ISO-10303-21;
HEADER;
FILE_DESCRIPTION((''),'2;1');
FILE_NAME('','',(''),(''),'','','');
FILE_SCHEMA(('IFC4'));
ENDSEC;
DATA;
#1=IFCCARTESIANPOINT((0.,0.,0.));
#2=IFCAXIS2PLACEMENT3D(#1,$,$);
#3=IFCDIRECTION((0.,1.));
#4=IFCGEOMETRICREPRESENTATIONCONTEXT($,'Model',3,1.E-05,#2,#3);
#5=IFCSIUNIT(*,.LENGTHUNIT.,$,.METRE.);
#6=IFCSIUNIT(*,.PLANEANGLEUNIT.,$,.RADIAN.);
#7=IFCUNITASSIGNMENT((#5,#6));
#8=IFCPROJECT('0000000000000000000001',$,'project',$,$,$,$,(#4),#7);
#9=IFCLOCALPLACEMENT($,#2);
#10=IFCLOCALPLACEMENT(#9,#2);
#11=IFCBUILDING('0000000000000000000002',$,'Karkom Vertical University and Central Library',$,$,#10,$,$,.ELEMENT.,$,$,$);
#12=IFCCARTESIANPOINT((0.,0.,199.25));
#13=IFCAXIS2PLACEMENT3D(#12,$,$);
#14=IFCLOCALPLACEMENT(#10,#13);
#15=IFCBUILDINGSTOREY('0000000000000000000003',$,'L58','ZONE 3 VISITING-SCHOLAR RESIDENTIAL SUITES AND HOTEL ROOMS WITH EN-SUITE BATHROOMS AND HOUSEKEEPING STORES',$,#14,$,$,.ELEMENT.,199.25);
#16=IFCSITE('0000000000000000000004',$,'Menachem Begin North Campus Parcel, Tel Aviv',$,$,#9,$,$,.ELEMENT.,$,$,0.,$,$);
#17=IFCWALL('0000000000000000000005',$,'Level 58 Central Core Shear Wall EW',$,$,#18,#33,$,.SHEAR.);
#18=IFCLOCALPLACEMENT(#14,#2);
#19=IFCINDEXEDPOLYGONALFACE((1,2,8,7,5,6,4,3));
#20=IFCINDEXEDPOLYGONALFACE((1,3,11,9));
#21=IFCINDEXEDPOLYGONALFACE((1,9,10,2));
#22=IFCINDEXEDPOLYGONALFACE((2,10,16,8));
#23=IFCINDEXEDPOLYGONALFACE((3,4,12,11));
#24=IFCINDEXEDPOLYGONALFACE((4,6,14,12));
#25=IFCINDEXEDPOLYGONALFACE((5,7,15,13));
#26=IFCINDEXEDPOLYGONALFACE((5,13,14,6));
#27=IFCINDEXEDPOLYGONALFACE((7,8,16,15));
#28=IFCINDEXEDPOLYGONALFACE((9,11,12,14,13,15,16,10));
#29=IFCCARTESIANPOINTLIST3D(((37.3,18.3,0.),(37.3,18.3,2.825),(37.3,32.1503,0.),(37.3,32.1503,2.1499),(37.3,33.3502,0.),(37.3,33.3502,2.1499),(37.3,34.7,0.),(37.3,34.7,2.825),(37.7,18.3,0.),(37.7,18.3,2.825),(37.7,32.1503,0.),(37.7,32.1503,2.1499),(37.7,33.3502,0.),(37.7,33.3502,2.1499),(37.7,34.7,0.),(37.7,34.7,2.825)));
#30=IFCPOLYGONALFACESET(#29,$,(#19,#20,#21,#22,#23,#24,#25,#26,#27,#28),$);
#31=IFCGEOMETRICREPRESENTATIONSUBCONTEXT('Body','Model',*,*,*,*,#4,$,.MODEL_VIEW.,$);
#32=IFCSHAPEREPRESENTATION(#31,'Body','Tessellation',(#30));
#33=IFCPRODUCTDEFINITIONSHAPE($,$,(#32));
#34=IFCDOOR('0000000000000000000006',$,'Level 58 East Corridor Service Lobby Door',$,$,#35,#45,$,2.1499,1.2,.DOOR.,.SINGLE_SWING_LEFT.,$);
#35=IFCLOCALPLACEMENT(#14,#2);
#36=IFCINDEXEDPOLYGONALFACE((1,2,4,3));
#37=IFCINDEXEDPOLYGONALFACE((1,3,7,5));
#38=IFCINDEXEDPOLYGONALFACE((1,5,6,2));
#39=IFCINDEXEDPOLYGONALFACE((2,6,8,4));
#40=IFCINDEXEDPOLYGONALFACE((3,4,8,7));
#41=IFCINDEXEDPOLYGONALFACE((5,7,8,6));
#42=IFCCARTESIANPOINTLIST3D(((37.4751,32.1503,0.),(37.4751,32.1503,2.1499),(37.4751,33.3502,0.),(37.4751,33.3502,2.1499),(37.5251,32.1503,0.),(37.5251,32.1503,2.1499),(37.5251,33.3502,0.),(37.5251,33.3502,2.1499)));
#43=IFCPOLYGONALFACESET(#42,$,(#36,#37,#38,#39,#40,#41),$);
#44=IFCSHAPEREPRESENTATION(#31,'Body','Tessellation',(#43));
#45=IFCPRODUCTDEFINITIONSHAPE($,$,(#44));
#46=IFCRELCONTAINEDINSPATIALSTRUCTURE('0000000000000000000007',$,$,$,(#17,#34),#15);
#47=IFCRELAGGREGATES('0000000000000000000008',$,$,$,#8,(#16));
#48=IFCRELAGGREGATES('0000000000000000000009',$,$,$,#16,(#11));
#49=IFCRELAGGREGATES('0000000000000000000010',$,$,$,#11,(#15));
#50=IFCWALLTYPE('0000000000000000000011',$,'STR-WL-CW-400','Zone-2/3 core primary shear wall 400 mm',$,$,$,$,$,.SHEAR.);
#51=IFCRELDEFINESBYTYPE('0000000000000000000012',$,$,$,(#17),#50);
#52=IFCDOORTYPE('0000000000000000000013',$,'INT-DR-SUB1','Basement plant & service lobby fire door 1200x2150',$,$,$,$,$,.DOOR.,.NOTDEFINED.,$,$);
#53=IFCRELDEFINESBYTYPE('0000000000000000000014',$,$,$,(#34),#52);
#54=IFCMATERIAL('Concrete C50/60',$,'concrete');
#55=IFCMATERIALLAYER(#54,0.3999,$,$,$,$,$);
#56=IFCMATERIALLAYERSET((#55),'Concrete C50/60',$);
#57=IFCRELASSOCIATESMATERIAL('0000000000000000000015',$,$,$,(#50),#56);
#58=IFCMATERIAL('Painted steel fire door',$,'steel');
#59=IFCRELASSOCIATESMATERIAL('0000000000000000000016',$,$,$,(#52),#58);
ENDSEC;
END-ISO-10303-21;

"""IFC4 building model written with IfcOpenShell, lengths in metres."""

from ifc_helpers import new_model, si_unit, direction, frame, frame_2d, origin, origin_with_axes, place, context, subcontext, project, spatial, rectangle, extrude, source, transform, mapped, material, layer, layer_set, type_object, element, fill, save


model = new_model("IFC4")

# Units and contexts
model_context = context("Model", 3, precision=1e-05, world=origin(), true_north=direction((0.0, 1.0)))
body_context = subcontext(model_context, "Body", "Model", "MODEL_VIEW")
ifc_project = project(units=[si_unit("LENGTHUNIT", "METRE"), si_unit("PLANEANGLEUNIT", "RADIAN")], contexts=[model_context])

# Site, building, storey
site_placement = place(None, origin())
site = spatial("IfcSite", under=ifc_project, at=site_placement, Name="Menachem Begin North Campus Parcel, Tel Aviv", CompositionType="ELEMENT", RefElevation=0.0)
building_placement = place(site_placement, origin())
building = spatial("IfcBuilding", under=site, at=building_placement, Name="Karkom Vertical University and Central Library", CompositionType="ELEMENT")
storey_placement = place(building_placement, frame((0.0, 0.0, 199.25)))
storey = spatial("IfcBuildingStorey", under=building, at=storey_placement, Name="L58", Description="ZONE 3 VISITING-SCHOLAR RESIDENTIAL SUITES AND HOTEL ROOMS WITH EN-SUITE BATHROOMS AND HOUSEKEEPING STORES", CompositionType="ELEMENT", Elevation=199.25)

# Shared definitions
ifc_material_1 = material(Name="Concrete C50/60", Category="concrete")

# Wall, opening, door
ifc_layer_1 = layer(ifc_material_1, 0.3999)
ifc_layer_set_1 = layer_set([ifc_layer_1], Name="Concrete C50/60")
wall_type_1 = type_object("IfcWallType", Name="STR-WL-CW-400", Description="Zone-2/3 core primary shear wall 400 mm", PredefinedType="SHEAR", material=ifc_layer_set_1)
wall_1_placement = place(storey_placement, frame((37.5, 18.3, 0.0), z_axis=(0.0, 0.0, 1.0), x_axis=(0.0, 1.0, 0.0)))
wall_1 = element("IfcWall", 1, at=wall_1_placement, inside=storey, type_object=wall_type_1, Name="Level 58 Central Core Shear Wall EW", PredefinedType="SHEAR", context=body_context, shape_type="SweptSolid", body=[
    extrude(rectangle(XDim=16.3999, YDim=0.3999, at=frame_2d((8.2, 0.0))), origin(), (0.0, 0.0, 1.0), 2.825),
])
opening_1_placement = place(wall_1_placement, frame((13.8501, 0.0, 0.0)))
opening_1 = element("IfcOpeningElement", 2, at=opening_1_placement, cuts=wall_1, PredefinedType="OPENING", context=body_context, shape_type="SweptSolid", body=[
    extrude(rectangle(XDim=1.2, YDim=2.1499, at=frame_2d((0.6001, 1.075))), frame((0.0, 0.21, 0.0), z_axis=(0.0, -1.0, 0.0), x_axis=(1.0, 0.0, 0.0)), (0.0, 0.0, 1.0), 0.4199),
])
ifc_material_2 = material(Name="Painted steel fire door", Category="steel")
door_type = type_object("IfcDoorType", Name="INT-DR-SUB1", Description="Basement plant & service lobby fire door 1200x2150", OperationType="NOTDEFINED", PredefinedType="DOOR", material=ifc_material_2)
shared_shape_1 = source(origin_with_axes(), body_context, "Body", "SweptSolid", [
    extrude(rectangle(XDim=1.2, YDim=2.1499, at=frame_2d((0.6001, 1.075))), frame((0.0, 0.0249, 0.0), z_axis=(0.0, -1.0, 0.0), x_axis=(1.0, 0.0, 0.0)), (0.0, 0.0, 1.0), 0.05),
])
door_placement = place(opening_1_placement, origin())
door = element("IfcDoor", 3, at=door_placement, inside=storey, type_object=door_type, Name="Level 58 East Corridor Service Lobby Door", OperationType="SINGLE_SWING_LEFT", OverallHeight=2.1499, OverallWidth=1.2, PredefinedType="DOOR", context=body_context, shape_type="MappedRepresentation", body=[
    mapped(shared_shape_1, transform((0.0, 0.0, 0.0), scale=1.0)),
])
fill(opening_1, door)

save(model, "model.ifc")
